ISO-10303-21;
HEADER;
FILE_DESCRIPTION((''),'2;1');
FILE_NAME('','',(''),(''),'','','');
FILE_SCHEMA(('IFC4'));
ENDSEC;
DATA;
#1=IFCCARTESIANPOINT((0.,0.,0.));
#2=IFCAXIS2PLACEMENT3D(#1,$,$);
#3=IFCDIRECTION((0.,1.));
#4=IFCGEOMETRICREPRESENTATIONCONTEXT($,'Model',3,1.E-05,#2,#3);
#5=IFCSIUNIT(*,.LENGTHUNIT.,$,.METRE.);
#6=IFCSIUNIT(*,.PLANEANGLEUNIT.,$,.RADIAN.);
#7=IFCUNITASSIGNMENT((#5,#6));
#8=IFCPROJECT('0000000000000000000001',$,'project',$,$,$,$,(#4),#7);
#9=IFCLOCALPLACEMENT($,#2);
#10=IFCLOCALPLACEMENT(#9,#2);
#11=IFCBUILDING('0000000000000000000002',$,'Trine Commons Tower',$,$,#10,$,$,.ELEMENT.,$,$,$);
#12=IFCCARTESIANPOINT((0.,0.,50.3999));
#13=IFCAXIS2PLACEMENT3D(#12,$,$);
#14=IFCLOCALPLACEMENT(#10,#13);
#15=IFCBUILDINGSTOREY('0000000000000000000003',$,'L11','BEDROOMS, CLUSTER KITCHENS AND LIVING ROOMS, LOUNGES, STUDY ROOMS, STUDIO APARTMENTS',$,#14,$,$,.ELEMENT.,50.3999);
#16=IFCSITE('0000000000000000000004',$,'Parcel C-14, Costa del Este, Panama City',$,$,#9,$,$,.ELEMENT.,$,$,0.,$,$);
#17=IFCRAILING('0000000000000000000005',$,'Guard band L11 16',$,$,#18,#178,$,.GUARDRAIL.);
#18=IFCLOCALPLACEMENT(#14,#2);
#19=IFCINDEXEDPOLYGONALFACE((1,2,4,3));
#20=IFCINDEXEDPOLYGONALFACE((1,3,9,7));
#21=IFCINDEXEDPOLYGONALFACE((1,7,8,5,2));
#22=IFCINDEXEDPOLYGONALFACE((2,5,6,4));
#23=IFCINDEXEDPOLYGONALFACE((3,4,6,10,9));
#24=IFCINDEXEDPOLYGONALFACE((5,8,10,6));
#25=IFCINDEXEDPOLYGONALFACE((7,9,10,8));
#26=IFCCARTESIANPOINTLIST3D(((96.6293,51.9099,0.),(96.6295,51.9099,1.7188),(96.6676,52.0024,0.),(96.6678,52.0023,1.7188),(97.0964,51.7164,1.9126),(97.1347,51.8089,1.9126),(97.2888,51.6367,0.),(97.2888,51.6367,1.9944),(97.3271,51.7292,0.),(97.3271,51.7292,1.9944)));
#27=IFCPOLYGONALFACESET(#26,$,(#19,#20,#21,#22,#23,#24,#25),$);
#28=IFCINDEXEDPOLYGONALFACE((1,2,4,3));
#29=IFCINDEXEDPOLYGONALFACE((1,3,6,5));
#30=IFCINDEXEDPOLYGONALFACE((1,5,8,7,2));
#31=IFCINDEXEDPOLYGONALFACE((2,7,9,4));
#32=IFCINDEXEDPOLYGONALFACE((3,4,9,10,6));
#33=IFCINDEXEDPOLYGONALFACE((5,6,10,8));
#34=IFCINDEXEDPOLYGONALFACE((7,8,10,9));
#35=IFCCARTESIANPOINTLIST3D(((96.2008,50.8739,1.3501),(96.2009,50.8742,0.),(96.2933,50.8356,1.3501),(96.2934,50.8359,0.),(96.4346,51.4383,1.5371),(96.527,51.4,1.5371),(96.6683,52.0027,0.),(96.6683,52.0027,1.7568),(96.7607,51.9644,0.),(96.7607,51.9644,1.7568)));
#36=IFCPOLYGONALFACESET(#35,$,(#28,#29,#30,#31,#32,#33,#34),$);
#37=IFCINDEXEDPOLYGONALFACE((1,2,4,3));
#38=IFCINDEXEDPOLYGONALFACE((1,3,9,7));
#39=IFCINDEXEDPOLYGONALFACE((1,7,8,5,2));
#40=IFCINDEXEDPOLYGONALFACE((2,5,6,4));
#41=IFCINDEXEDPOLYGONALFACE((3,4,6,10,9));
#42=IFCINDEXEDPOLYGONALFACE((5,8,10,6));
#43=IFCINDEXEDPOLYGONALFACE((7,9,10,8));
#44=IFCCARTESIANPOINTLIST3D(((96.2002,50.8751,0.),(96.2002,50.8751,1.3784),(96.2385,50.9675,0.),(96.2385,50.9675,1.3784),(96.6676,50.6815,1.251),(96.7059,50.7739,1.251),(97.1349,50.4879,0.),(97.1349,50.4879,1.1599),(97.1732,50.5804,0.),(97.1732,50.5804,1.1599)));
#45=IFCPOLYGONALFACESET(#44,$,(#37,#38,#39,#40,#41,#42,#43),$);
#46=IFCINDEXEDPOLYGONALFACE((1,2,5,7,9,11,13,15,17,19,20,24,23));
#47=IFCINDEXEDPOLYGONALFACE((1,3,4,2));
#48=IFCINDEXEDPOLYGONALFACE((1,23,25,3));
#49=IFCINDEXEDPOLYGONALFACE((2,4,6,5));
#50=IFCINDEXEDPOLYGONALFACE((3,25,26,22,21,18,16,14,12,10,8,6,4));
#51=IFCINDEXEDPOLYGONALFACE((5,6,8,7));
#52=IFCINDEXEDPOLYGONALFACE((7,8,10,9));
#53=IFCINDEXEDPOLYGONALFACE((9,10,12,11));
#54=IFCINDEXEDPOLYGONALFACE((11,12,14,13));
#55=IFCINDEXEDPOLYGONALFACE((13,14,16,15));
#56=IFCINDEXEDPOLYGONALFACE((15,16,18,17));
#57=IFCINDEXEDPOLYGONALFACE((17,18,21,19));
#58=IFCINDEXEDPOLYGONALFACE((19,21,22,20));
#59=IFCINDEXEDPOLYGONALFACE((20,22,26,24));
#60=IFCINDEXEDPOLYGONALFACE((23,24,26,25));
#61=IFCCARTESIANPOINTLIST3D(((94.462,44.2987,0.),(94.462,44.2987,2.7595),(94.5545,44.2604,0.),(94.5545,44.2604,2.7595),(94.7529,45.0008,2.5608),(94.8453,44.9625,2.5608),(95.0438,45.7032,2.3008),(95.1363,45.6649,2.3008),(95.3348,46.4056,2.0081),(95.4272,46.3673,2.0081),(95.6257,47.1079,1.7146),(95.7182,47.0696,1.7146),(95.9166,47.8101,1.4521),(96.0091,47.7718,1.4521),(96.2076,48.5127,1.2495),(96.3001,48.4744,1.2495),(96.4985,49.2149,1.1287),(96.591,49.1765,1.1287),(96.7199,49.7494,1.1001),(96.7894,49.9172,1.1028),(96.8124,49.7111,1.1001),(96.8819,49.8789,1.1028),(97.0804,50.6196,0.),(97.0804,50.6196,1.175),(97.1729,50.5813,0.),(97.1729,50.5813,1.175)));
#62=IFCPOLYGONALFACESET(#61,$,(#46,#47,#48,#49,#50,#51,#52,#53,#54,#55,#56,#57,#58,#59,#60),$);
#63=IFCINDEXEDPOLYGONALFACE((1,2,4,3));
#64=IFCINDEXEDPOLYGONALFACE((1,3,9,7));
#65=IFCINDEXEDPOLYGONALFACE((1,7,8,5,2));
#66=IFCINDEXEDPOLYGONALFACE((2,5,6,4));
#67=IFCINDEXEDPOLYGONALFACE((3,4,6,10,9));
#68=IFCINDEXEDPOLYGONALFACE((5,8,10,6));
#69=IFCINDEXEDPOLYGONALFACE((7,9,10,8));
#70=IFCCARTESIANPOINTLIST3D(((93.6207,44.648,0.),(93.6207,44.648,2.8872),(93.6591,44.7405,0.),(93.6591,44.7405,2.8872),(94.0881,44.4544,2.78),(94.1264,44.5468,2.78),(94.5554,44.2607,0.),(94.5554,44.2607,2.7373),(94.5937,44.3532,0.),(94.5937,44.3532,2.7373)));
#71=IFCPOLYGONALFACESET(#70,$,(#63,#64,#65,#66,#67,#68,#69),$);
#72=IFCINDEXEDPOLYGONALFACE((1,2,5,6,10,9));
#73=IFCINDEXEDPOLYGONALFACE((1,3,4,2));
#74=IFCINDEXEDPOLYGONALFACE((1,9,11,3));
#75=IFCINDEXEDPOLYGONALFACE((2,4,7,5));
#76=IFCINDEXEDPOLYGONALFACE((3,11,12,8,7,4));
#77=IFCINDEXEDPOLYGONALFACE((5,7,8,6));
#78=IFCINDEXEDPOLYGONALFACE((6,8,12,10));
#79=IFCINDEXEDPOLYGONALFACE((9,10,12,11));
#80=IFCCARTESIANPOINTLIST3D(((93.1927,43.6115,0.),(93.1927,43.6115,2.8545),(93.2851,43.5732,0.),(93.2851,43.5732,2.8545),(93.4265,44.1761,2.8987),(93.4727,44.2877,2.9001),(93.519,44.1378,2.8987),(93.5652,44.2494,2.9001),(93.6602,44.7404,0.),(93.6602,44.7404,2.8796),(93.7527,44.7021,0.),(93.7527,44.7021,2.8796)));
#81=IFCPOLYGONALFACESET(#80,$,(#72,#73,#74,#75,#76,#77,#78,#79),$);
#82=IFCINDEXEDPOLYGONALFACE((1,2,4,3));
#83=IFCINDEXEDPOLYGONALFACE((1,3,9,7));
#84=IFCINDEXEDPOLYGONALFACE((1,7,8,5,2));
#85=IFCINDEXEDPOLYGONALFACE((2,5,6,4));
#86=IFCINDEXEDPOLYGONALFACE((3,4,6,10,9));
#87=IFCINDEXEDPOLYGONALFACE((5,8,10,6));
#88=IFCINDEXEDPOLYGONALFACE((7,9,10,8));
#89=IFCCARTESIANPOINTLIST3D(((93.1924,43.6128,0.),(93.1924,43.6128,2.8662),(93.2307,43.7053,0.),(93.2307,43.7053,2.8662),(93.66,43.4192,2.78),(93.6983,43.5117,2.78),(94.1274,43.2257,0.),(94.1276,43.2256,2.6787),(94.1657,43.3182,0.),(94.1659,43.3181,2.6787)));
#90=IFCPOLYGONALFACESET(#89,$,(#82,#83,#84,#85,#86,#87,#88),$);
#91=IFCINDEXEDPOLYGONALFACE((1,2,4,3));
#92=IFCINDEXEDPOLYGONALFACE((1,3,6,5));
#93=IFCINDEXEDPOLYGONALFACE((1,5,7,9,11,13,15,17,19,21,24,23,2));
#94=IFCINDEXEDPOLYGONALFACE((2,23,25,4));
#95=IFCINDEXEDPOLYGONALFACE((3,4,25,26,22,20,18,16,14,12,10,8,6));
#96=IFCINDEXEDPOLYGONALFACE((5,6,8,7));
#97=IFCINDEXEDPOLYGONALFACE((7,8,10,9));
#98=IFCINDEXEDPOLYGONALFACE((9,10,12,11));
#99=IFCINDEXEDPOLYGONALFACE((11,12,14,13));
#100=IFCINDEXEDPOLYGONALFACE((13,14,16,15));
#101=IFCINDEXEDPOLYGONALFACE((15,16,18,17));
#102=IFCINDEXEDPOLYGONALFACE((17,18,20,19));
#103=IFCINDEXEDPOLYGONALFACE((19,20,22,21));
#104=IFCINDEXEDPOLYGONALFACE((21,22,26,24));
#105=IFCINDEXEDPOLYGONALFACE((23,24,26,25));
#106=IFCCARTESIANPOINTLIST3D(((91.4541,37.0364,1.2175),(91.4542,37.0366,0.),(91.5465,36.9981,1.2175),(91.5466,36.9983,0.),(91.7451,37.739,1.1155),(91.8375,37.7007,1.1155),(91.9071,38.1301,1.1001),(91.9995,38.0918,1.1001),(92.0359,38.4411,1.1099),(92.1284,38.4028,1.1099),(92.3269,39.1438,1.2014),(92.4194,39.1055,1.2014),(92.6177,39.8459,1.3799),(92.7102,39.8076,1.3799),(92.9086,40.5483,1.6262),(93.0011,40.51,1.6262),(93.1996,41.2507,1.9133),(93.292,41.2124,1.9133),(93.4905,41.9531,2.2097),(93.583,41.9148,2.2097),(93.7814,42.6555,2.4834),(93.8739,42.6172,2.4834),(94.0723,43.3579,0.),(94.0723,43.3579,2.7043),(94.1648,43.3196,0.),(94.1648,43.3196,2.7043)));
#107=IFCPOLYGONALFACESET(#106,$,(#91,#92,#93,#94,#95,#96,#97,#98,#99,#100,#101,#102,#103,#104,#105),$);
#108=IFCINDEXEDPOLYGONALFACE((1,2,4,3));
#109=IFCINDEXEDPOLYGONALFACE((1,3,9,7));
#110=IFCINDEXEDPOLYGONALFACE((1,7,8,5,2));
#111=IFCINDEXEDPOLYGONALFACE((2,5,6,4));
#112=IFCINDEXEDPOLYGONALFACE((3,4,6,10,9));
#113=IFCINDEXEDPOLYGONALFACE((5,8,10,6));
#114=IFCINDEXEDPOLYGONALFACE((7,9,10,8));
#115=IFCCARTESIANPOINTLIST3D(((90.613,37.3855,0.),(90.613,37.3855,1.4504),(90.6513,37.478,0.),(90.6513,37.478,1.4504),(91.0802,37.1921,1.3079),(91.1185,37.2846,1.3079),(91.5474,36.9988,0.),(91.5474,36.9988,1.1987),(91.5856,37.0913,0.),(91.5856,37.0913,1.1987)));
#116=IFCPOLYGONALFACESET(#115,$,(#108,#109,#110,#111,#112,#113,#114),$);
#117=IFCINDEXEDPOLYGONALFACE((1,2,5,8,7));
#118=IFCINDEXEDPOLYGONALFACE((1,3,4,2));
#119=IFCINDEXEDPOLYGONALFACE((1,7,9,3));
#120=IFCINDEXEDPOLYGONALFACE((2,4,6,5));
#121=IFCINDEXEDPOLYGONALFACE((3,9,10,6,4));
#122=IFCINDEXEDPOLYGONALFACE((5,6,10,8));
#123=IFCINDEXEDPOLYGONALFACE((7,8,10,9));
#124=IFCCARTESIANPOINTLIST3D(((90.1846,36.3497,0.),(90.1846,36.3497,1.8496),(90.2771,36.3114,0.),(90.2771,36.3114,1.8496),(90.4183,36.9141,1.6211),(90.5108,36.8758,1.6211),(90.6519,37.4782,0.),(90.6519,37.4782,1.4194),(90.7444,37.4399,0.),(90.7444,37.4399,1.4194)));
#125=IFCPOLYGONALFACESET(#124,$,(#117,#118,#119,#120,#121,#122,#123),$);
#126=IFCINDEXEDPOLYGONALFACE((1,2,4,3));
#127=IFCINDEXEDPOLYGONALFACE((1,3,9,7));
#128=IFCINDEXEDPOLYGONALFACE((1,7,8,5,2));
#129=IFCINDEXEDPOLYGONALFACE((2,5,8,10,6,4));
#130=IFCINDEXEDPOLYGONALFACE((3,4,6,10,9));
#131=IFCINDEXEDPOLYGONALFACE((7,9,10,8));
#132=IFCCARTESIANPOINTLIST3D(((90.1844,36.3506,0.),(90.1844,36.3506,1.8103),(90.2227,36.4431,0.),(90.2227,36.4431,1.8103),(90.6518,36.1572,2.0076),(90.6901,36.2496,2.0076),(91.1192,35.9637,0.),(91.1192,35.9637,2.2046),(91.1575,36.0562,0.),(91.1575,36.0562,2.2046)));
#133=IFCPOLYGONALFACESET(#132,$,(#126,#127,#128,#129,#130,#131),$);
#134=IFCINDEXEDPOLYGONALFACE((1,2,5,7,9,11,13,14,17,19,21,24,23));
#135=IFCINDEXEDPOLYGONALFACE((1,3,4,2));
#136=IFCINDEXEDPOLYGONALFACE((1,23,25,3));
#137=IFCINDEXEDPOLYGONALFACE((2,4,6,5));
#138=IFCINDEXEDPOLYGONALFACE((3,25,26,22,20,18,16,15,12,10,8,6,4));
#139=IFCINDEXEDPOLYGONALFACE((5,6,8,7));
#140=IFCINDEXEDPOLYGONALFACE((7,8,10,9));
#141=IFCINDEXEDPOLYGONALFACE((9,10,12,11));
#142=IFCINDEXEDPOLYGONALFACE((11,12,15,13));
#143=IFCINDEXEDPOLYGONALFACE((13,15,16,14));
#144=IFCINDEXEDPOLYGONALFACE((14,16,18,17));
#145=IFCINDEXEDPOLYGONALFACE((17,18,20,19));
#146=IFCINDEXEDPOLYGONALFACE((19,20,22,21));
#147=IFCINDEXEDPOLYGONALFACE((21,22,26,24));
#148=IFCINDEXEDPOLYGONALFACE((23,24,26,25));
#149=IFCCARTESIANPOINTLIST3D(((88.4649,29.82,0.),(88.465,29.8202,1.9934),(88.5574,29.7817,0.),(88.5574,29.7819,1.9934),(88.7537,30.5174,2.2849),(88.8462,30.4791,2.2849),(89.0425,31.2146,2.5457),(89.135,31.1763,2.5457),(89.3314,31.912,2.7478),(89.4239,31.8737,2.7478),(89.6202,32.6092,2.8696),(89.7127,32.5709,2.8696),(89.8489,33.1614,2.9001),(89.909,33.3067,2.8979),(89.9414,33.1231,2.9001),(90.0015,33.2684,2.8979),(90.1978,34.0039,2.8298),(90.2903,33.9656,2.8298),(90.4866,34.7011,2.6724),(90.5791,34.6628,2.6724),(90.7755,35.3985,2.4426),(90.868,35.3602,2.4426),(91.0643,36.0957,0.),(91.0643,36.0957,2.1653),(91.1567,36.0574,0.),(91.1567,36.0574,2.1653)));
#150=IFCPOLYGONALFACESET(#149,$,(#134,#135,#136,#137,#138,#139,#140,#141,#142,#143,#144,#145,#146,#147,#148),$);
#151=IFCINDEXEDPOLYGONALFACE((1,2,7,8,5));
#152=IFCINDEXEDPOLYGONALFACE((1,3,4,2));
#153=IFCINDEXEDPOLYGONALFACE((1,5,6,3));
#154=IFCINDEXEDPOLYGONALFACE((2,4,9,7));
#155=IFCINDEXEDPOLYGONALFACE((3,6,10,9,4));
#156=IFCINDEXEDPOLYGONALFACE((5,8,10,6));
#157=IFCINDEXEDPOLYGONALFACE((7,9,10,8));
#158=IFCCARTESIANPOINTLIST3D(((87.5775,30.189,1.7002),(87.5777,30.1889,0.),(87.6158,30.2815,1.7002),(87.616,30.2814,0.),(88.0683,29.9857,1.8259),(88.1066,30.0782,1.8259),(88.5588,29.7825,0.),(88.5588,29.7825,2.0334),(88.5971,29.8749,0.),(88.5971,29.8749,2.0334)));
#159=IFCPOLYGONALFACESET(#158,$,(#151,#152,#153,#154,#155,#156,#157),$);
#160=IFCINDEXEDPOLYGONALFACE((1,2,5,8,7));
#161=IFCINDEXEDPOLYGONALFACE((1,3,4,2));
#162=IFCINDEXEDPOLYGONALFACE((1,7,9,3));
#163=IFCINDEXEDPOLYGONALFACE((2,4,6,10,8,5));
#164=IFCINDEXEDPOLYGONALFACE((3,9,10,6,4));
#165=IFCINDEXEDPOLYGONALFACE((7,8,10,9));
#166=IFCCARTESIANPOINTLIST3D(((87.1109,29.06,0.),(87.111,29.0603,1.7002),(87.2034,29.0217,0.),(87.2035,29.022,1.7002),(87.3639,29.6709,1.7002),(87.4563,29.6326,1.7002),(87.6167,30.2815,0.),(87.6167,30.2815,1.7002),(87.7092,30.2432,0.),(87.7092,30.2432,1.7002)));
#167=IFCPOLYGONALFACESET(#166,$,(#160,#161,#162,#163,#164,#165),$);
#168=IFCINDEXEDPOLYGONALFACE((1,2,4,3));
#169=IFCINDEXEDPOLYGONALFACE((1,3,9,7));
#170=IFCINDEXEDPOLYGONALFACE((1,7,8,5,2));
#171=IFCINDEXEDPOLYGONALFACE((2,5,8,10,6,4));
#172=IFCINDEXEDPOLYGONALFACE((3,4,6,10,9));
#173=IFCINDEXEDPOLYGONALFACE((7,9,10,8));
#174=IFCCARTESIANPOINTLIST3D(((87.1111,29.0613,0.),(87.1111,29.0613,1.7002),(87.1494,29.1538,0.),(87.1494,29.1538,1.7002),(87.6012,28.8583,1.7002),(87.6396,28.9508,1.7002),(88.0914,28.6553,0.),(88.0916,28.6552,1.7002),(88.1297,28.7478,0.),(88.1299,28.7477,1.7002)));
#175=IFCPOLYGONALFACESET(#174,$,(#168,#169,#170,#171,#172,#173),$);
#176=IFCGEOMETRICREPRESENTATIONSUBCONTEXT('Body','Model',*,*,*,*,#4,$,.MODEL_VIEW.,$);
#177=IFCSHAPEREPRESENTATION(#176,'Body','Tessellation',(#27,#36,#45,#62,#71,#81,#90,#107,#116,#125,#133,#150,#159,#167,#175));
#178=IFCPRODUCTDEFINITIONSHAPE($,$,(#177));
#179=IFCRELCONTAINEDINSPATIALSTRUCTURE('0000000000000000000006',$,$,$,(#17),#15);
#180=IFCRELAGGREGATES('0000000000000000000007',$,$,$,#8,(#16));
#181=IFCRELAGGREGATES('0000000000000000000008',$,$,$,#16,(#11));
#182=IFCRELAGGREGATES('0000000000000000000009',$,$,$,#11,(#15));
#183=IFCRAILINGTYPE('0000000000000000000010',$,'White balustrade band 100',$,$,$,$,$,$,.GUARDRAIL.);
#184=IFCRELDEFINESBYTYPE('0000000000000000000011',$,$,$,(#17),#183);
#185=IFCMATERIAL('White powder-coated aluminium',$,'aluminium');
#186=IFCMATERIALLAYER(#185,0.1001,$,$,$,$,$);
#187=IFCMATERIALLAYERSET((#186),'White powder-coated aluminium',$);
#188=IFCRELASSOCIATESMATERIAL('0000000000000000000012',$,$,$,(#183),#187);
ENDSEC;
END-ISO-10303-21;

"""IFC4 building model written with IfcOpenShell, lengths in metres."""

from ifc_helpers import new_model, si_unit, direction, frame, origin, place, context, subcontext, project, spatial, polyline, outline, extrude, material, layer, layer_set, type_object, element, save


model = new_model("IFC4")

# Units and contexts
model_context = context("Model", 3, precision=1e-05, world=origin(), true_north=direction((0.0, 1.0)))
body_context = subcontext(model_context, "Body", "Model", "MODEL_VIEW")
ifc_project = project(units=[si_unit("LENGTHUNIT", "METRE"), si_unit("PLANEANGLEUNIT", "RADIAN")], contexts=[model_context])

# Site, building, storey
site_placement = place(None, origin())
site = spatial("IfcSite", under=ifc_project, at=site_placement, Name="Parcel C-14, Costa del Este, Panama City", CompositionType="ELEMENT", RefElevation=0.0)
building_placement = place(site_placement, origin())
building = spatial("IfcBuilding", under=site, at=building_placement, Name="Trine Commons Tower", CompositionType="ELEMENT")
storey_placement = place(building_placement, frame((0.0, 0.0, 50.3999)))
storey = spatial("IfcBuildingStorey", under=building, at=storey_placement, Name="L11", Description="BEDROOMS, CLUSTER KITCHENS AND LIVING ROOMS, LOUNGES, STUDY ROOMS, STUDIO APARTMENTS", CompositionType="ELEMENT", Elevation=50.3999)

# Railing
ifc_material_1 = material(Name="White powder-coated aluminium", Category="aluminium")
ifc_layer_1 = layer(ifc_material_1, 0.1001)
ifc_layer_set_1 = layer_set([ifc_layer_1], Name="White powder-coated aluminium")
railing_type = type_object("IfcRailingType", Name="White balustrade band 100", PredefinedType="GUARDRAIL", material=ifc_layer_set_1)
railing_1_placement = place(storey_placement, origin())
element("IfcRailing", 1, at=railing_1_placement, inside=storey, type_object=railing_type, Name="Guard band L11 16", PredefinedType="GUARDRAIL", context=body_context, shape_type="SweptSolid", body=[
    extrude(outline(polyline([(0.0, 0.0), (0.7139, 0.0), (0.7136, 1.7188), (0.2083, 1.9126), (0.0, 1.9944), (0.0, 0.0)])), frame((97.2888, 51.6367, 0.0), z_axis=(0.382744, 0.923854, 0.0), x_axis=(-0.923854, 0.382744, 0.0)), (0.0, 0.0, 1.0), 0.1001),
    extrude(outline(polyline([(0.0, 0.0), (1.2214, 0.0), (1.2217, 1.3501), (0.6108, 1.5371), (0.0, 1.7568), (0.0, 0.0)])), frame((96.7607, 51.9644, 0.0), z_axis=(-0.923915, 0.382599, 0.0), x_axis=(-0.382599, -0.923915, 0.0)), (0.0, 0.0, 1.0), 0.1001),
    extrude(outline(polyline([(0.0, 0.0), (1.0117, 0.0), (1.0117, 1.1599), (0.5059, 1.251), (0.0, 1.3784), (0.0, 0.0)])), frame((96.2385, 50.9675, 0.0), z_axis=(-0.382679, -0.923882, 0.0), x_axis=(0.923882, -0.382679, 0.0)), (0.0, 0.0, 1.0), 0.1001),
    extrude(outline(polyline([(0.0, 0.0), (6.8418, 0.0), (6.8418, 2.7595), (6.0818, 2.5608), (5.3215, 2.3008), (4.5613, 2.0081), (3.801, 1.7146), (3.041, 1.4521), (2.2805, 1.2495), (1.5205, 1.1287), (0.9419, 1.1001), (0.7603, 1.1028), (0.0, 1.175), (0.0, 0.0)])), frame((97.1729, 50.5813, 0.0), z_axis=(-0.923872, 0.382702, 0.0), x_axis=(-0.382702, -0.923872, 0.0)), (0.0, 0.0, 1.0), 0.1001),
    extrude(outline(polyline([(0.0, 0.0), (1.0117, 0.0), (1.0117, 2.8872), (0.5059, 2.78), (0.0, 2.7373), (0.0, 0.0)])), frame((94.5554, 44.2607, 0.0), z_axis=(0.382764, 0.923846, 0.0), x_axis=(-0.923846, 0.382764, 0.0)), (0.0, 0.0, 1.0), 0.1001),
    extrude(outline(polyline([(0.0, 0.0), (1.2219, 0.0), (1.2219, 2.8545), (0.6108, 2.8987), (0.49, 2.9001), (0.0, 2.8796), (0.0, 0.0)])), frame((93.7527, 44.7021, 0.0), z_axis=(-0.923902, 0.382628, 0.0), x_axis=(-0.382628, -0.923902, 0.0)), (0.0, 0.0, 1.0), 0.1001),
    extrude(outline(polyline([(0.0, 0.0), (1.012, 0.0), (1.0122, 2.6787), (0.5061, 2.78), (0.0, 2.8662), (0.0, 0.0)])), frame((93.2307, 43.7053, 0.0), z_axis=(-0.382593, -0.923917, 0.0), x_axis=(0.923917, -0.382593, 0.0)), (0.0, 0.0, 1.0), 0.1001),
    extrude(outline(polyline([(0.0, 0.0), (6.842, 0.0), (6.8423, 1.2175), (6.0818, 1.1155), (5.6584, 1.1001), (5.3218, 1.1099), (4.5613, 1.2014), (3.8013, 1.3799), (3.041, 1.6262), (2.2808, 1.9133), (1.5205, 2.2097), (0.7603, 2.4834), (0.0, 2.7043), (0.0, 0.0)])), frame((94.1648, 43.3196, 0.0), z_axis=(-0.92389, 0.382659, 0.0), x_axis=(-0.382659, -0.92389, 0.0)), (0.0, 0.0, 1.0), 0.1001),
    extrude(outline(polyline([(0.0, 0.0), (1.0112, 0.0), (1.0112, 1.4504), (0.5056, 1.3079), (0.0, 1.1987), (0.0, 0.0)])), frame((91.5474, 36.9988, 0.0), z_axis=(0.382437, 0.923982, 0.0), x_axis=(-0.923982, 0.382437, 0.0)), (0.0, 0.0, 1.0), 0.1001),
    extrude(outline(polyline([(0.0, 0.0), (1.2214, 0.0), (1.2214, 1.8496), (0.6106, 1.6211), (0.0, 1.4194), (0.0, 0.0)])), frame((90.7444, 37.4399, 0.0), z_axis=(-0.923915, 0.382599, 0.0), x_axis=(-0.382599, -0.923915, 0.0)), (0.0, 0.0, 1.0), 0.1001),
    extrude(outline(polyline([(0.0, 0.0), (1.0117, 0.0), (1.0117, 2.2046), (0.5059, 2.0076), (0.0, 1.8103), (0.0, 0.0)])), frame((90.2227, 36.4431, 0.0), z_axis=(-0.382473, -0.923967, 0.0), x_axis=(0.923967, -0.382473, 0.0)), (0.0, 0.0, 1.0), 0.1001),
    extrude(outline(polyline([(0.0, 0.0), (6.7927, 0.0), (6.7925, 1.9934), (6.0378, 2.2849), (5.2832, 2.5457), (4.5283, 2.7478), (3.7737, 2.8696), (3.176, 2.9001), (3.0188, 2.8979), (2.2642, 2.8298), (1.5095, 2.6724), (0.7546, 2.4426), (0.0, 2.1653), (0.0, 0.0)])), frame((91.1567, 36.0574, 0.0), z_axis=(-0.923884, 0.382672, 0.0), x_axis=(-0.382672, -0.923884, 0.0)), (0.0, 0.0, 1.0), 0.1001),
    extrude(outline(polyline([(0.0, 0.0), (1.062, 0.0), (1.0623, 1.7002), (0.531, 1.8259), (0.0, 2.0334), (0.0, 0.0)])), frame((88.5588, 29.7825, 0.0), z_axis=(0.382738, 0.923857, 0.0), x_axis=(-0.923857, 0.382738, 0.0)), (0.0, 0.0, 1.0), 0.1001),
    extrude(outline(polyline([(0.0, 0.0), (1.322, 0.0), (1.3218, 1.7002), (0.6609, 1.7002), (0.0, 1.7002), (0.0, 0.0)])), frame((87.7092, 30.2432, 0.0), z_axis=(-0.9239, 0.382634, 0.0), x_axis=(-0.382634, -0.9239, 0.0)), (0.0, 0.0, 1.0), 0.1001),
    extrude(outline(polyline([(0.0, 0.0), (1.061, 0.0), (1.0613, 1.7002), (0.5305, 1.7002), (0.0, 1.7002), (0.0, 0.0)])), frame((87.1494, 29.1538, 0.0), z_axis=(-0.38267, -0.923885, 0.0), x_axis=(0.923885, -0.38267, 0.0)), (0.0, 0.0, 1.0), 0.1001),
])

save(model, "model.ifc")
